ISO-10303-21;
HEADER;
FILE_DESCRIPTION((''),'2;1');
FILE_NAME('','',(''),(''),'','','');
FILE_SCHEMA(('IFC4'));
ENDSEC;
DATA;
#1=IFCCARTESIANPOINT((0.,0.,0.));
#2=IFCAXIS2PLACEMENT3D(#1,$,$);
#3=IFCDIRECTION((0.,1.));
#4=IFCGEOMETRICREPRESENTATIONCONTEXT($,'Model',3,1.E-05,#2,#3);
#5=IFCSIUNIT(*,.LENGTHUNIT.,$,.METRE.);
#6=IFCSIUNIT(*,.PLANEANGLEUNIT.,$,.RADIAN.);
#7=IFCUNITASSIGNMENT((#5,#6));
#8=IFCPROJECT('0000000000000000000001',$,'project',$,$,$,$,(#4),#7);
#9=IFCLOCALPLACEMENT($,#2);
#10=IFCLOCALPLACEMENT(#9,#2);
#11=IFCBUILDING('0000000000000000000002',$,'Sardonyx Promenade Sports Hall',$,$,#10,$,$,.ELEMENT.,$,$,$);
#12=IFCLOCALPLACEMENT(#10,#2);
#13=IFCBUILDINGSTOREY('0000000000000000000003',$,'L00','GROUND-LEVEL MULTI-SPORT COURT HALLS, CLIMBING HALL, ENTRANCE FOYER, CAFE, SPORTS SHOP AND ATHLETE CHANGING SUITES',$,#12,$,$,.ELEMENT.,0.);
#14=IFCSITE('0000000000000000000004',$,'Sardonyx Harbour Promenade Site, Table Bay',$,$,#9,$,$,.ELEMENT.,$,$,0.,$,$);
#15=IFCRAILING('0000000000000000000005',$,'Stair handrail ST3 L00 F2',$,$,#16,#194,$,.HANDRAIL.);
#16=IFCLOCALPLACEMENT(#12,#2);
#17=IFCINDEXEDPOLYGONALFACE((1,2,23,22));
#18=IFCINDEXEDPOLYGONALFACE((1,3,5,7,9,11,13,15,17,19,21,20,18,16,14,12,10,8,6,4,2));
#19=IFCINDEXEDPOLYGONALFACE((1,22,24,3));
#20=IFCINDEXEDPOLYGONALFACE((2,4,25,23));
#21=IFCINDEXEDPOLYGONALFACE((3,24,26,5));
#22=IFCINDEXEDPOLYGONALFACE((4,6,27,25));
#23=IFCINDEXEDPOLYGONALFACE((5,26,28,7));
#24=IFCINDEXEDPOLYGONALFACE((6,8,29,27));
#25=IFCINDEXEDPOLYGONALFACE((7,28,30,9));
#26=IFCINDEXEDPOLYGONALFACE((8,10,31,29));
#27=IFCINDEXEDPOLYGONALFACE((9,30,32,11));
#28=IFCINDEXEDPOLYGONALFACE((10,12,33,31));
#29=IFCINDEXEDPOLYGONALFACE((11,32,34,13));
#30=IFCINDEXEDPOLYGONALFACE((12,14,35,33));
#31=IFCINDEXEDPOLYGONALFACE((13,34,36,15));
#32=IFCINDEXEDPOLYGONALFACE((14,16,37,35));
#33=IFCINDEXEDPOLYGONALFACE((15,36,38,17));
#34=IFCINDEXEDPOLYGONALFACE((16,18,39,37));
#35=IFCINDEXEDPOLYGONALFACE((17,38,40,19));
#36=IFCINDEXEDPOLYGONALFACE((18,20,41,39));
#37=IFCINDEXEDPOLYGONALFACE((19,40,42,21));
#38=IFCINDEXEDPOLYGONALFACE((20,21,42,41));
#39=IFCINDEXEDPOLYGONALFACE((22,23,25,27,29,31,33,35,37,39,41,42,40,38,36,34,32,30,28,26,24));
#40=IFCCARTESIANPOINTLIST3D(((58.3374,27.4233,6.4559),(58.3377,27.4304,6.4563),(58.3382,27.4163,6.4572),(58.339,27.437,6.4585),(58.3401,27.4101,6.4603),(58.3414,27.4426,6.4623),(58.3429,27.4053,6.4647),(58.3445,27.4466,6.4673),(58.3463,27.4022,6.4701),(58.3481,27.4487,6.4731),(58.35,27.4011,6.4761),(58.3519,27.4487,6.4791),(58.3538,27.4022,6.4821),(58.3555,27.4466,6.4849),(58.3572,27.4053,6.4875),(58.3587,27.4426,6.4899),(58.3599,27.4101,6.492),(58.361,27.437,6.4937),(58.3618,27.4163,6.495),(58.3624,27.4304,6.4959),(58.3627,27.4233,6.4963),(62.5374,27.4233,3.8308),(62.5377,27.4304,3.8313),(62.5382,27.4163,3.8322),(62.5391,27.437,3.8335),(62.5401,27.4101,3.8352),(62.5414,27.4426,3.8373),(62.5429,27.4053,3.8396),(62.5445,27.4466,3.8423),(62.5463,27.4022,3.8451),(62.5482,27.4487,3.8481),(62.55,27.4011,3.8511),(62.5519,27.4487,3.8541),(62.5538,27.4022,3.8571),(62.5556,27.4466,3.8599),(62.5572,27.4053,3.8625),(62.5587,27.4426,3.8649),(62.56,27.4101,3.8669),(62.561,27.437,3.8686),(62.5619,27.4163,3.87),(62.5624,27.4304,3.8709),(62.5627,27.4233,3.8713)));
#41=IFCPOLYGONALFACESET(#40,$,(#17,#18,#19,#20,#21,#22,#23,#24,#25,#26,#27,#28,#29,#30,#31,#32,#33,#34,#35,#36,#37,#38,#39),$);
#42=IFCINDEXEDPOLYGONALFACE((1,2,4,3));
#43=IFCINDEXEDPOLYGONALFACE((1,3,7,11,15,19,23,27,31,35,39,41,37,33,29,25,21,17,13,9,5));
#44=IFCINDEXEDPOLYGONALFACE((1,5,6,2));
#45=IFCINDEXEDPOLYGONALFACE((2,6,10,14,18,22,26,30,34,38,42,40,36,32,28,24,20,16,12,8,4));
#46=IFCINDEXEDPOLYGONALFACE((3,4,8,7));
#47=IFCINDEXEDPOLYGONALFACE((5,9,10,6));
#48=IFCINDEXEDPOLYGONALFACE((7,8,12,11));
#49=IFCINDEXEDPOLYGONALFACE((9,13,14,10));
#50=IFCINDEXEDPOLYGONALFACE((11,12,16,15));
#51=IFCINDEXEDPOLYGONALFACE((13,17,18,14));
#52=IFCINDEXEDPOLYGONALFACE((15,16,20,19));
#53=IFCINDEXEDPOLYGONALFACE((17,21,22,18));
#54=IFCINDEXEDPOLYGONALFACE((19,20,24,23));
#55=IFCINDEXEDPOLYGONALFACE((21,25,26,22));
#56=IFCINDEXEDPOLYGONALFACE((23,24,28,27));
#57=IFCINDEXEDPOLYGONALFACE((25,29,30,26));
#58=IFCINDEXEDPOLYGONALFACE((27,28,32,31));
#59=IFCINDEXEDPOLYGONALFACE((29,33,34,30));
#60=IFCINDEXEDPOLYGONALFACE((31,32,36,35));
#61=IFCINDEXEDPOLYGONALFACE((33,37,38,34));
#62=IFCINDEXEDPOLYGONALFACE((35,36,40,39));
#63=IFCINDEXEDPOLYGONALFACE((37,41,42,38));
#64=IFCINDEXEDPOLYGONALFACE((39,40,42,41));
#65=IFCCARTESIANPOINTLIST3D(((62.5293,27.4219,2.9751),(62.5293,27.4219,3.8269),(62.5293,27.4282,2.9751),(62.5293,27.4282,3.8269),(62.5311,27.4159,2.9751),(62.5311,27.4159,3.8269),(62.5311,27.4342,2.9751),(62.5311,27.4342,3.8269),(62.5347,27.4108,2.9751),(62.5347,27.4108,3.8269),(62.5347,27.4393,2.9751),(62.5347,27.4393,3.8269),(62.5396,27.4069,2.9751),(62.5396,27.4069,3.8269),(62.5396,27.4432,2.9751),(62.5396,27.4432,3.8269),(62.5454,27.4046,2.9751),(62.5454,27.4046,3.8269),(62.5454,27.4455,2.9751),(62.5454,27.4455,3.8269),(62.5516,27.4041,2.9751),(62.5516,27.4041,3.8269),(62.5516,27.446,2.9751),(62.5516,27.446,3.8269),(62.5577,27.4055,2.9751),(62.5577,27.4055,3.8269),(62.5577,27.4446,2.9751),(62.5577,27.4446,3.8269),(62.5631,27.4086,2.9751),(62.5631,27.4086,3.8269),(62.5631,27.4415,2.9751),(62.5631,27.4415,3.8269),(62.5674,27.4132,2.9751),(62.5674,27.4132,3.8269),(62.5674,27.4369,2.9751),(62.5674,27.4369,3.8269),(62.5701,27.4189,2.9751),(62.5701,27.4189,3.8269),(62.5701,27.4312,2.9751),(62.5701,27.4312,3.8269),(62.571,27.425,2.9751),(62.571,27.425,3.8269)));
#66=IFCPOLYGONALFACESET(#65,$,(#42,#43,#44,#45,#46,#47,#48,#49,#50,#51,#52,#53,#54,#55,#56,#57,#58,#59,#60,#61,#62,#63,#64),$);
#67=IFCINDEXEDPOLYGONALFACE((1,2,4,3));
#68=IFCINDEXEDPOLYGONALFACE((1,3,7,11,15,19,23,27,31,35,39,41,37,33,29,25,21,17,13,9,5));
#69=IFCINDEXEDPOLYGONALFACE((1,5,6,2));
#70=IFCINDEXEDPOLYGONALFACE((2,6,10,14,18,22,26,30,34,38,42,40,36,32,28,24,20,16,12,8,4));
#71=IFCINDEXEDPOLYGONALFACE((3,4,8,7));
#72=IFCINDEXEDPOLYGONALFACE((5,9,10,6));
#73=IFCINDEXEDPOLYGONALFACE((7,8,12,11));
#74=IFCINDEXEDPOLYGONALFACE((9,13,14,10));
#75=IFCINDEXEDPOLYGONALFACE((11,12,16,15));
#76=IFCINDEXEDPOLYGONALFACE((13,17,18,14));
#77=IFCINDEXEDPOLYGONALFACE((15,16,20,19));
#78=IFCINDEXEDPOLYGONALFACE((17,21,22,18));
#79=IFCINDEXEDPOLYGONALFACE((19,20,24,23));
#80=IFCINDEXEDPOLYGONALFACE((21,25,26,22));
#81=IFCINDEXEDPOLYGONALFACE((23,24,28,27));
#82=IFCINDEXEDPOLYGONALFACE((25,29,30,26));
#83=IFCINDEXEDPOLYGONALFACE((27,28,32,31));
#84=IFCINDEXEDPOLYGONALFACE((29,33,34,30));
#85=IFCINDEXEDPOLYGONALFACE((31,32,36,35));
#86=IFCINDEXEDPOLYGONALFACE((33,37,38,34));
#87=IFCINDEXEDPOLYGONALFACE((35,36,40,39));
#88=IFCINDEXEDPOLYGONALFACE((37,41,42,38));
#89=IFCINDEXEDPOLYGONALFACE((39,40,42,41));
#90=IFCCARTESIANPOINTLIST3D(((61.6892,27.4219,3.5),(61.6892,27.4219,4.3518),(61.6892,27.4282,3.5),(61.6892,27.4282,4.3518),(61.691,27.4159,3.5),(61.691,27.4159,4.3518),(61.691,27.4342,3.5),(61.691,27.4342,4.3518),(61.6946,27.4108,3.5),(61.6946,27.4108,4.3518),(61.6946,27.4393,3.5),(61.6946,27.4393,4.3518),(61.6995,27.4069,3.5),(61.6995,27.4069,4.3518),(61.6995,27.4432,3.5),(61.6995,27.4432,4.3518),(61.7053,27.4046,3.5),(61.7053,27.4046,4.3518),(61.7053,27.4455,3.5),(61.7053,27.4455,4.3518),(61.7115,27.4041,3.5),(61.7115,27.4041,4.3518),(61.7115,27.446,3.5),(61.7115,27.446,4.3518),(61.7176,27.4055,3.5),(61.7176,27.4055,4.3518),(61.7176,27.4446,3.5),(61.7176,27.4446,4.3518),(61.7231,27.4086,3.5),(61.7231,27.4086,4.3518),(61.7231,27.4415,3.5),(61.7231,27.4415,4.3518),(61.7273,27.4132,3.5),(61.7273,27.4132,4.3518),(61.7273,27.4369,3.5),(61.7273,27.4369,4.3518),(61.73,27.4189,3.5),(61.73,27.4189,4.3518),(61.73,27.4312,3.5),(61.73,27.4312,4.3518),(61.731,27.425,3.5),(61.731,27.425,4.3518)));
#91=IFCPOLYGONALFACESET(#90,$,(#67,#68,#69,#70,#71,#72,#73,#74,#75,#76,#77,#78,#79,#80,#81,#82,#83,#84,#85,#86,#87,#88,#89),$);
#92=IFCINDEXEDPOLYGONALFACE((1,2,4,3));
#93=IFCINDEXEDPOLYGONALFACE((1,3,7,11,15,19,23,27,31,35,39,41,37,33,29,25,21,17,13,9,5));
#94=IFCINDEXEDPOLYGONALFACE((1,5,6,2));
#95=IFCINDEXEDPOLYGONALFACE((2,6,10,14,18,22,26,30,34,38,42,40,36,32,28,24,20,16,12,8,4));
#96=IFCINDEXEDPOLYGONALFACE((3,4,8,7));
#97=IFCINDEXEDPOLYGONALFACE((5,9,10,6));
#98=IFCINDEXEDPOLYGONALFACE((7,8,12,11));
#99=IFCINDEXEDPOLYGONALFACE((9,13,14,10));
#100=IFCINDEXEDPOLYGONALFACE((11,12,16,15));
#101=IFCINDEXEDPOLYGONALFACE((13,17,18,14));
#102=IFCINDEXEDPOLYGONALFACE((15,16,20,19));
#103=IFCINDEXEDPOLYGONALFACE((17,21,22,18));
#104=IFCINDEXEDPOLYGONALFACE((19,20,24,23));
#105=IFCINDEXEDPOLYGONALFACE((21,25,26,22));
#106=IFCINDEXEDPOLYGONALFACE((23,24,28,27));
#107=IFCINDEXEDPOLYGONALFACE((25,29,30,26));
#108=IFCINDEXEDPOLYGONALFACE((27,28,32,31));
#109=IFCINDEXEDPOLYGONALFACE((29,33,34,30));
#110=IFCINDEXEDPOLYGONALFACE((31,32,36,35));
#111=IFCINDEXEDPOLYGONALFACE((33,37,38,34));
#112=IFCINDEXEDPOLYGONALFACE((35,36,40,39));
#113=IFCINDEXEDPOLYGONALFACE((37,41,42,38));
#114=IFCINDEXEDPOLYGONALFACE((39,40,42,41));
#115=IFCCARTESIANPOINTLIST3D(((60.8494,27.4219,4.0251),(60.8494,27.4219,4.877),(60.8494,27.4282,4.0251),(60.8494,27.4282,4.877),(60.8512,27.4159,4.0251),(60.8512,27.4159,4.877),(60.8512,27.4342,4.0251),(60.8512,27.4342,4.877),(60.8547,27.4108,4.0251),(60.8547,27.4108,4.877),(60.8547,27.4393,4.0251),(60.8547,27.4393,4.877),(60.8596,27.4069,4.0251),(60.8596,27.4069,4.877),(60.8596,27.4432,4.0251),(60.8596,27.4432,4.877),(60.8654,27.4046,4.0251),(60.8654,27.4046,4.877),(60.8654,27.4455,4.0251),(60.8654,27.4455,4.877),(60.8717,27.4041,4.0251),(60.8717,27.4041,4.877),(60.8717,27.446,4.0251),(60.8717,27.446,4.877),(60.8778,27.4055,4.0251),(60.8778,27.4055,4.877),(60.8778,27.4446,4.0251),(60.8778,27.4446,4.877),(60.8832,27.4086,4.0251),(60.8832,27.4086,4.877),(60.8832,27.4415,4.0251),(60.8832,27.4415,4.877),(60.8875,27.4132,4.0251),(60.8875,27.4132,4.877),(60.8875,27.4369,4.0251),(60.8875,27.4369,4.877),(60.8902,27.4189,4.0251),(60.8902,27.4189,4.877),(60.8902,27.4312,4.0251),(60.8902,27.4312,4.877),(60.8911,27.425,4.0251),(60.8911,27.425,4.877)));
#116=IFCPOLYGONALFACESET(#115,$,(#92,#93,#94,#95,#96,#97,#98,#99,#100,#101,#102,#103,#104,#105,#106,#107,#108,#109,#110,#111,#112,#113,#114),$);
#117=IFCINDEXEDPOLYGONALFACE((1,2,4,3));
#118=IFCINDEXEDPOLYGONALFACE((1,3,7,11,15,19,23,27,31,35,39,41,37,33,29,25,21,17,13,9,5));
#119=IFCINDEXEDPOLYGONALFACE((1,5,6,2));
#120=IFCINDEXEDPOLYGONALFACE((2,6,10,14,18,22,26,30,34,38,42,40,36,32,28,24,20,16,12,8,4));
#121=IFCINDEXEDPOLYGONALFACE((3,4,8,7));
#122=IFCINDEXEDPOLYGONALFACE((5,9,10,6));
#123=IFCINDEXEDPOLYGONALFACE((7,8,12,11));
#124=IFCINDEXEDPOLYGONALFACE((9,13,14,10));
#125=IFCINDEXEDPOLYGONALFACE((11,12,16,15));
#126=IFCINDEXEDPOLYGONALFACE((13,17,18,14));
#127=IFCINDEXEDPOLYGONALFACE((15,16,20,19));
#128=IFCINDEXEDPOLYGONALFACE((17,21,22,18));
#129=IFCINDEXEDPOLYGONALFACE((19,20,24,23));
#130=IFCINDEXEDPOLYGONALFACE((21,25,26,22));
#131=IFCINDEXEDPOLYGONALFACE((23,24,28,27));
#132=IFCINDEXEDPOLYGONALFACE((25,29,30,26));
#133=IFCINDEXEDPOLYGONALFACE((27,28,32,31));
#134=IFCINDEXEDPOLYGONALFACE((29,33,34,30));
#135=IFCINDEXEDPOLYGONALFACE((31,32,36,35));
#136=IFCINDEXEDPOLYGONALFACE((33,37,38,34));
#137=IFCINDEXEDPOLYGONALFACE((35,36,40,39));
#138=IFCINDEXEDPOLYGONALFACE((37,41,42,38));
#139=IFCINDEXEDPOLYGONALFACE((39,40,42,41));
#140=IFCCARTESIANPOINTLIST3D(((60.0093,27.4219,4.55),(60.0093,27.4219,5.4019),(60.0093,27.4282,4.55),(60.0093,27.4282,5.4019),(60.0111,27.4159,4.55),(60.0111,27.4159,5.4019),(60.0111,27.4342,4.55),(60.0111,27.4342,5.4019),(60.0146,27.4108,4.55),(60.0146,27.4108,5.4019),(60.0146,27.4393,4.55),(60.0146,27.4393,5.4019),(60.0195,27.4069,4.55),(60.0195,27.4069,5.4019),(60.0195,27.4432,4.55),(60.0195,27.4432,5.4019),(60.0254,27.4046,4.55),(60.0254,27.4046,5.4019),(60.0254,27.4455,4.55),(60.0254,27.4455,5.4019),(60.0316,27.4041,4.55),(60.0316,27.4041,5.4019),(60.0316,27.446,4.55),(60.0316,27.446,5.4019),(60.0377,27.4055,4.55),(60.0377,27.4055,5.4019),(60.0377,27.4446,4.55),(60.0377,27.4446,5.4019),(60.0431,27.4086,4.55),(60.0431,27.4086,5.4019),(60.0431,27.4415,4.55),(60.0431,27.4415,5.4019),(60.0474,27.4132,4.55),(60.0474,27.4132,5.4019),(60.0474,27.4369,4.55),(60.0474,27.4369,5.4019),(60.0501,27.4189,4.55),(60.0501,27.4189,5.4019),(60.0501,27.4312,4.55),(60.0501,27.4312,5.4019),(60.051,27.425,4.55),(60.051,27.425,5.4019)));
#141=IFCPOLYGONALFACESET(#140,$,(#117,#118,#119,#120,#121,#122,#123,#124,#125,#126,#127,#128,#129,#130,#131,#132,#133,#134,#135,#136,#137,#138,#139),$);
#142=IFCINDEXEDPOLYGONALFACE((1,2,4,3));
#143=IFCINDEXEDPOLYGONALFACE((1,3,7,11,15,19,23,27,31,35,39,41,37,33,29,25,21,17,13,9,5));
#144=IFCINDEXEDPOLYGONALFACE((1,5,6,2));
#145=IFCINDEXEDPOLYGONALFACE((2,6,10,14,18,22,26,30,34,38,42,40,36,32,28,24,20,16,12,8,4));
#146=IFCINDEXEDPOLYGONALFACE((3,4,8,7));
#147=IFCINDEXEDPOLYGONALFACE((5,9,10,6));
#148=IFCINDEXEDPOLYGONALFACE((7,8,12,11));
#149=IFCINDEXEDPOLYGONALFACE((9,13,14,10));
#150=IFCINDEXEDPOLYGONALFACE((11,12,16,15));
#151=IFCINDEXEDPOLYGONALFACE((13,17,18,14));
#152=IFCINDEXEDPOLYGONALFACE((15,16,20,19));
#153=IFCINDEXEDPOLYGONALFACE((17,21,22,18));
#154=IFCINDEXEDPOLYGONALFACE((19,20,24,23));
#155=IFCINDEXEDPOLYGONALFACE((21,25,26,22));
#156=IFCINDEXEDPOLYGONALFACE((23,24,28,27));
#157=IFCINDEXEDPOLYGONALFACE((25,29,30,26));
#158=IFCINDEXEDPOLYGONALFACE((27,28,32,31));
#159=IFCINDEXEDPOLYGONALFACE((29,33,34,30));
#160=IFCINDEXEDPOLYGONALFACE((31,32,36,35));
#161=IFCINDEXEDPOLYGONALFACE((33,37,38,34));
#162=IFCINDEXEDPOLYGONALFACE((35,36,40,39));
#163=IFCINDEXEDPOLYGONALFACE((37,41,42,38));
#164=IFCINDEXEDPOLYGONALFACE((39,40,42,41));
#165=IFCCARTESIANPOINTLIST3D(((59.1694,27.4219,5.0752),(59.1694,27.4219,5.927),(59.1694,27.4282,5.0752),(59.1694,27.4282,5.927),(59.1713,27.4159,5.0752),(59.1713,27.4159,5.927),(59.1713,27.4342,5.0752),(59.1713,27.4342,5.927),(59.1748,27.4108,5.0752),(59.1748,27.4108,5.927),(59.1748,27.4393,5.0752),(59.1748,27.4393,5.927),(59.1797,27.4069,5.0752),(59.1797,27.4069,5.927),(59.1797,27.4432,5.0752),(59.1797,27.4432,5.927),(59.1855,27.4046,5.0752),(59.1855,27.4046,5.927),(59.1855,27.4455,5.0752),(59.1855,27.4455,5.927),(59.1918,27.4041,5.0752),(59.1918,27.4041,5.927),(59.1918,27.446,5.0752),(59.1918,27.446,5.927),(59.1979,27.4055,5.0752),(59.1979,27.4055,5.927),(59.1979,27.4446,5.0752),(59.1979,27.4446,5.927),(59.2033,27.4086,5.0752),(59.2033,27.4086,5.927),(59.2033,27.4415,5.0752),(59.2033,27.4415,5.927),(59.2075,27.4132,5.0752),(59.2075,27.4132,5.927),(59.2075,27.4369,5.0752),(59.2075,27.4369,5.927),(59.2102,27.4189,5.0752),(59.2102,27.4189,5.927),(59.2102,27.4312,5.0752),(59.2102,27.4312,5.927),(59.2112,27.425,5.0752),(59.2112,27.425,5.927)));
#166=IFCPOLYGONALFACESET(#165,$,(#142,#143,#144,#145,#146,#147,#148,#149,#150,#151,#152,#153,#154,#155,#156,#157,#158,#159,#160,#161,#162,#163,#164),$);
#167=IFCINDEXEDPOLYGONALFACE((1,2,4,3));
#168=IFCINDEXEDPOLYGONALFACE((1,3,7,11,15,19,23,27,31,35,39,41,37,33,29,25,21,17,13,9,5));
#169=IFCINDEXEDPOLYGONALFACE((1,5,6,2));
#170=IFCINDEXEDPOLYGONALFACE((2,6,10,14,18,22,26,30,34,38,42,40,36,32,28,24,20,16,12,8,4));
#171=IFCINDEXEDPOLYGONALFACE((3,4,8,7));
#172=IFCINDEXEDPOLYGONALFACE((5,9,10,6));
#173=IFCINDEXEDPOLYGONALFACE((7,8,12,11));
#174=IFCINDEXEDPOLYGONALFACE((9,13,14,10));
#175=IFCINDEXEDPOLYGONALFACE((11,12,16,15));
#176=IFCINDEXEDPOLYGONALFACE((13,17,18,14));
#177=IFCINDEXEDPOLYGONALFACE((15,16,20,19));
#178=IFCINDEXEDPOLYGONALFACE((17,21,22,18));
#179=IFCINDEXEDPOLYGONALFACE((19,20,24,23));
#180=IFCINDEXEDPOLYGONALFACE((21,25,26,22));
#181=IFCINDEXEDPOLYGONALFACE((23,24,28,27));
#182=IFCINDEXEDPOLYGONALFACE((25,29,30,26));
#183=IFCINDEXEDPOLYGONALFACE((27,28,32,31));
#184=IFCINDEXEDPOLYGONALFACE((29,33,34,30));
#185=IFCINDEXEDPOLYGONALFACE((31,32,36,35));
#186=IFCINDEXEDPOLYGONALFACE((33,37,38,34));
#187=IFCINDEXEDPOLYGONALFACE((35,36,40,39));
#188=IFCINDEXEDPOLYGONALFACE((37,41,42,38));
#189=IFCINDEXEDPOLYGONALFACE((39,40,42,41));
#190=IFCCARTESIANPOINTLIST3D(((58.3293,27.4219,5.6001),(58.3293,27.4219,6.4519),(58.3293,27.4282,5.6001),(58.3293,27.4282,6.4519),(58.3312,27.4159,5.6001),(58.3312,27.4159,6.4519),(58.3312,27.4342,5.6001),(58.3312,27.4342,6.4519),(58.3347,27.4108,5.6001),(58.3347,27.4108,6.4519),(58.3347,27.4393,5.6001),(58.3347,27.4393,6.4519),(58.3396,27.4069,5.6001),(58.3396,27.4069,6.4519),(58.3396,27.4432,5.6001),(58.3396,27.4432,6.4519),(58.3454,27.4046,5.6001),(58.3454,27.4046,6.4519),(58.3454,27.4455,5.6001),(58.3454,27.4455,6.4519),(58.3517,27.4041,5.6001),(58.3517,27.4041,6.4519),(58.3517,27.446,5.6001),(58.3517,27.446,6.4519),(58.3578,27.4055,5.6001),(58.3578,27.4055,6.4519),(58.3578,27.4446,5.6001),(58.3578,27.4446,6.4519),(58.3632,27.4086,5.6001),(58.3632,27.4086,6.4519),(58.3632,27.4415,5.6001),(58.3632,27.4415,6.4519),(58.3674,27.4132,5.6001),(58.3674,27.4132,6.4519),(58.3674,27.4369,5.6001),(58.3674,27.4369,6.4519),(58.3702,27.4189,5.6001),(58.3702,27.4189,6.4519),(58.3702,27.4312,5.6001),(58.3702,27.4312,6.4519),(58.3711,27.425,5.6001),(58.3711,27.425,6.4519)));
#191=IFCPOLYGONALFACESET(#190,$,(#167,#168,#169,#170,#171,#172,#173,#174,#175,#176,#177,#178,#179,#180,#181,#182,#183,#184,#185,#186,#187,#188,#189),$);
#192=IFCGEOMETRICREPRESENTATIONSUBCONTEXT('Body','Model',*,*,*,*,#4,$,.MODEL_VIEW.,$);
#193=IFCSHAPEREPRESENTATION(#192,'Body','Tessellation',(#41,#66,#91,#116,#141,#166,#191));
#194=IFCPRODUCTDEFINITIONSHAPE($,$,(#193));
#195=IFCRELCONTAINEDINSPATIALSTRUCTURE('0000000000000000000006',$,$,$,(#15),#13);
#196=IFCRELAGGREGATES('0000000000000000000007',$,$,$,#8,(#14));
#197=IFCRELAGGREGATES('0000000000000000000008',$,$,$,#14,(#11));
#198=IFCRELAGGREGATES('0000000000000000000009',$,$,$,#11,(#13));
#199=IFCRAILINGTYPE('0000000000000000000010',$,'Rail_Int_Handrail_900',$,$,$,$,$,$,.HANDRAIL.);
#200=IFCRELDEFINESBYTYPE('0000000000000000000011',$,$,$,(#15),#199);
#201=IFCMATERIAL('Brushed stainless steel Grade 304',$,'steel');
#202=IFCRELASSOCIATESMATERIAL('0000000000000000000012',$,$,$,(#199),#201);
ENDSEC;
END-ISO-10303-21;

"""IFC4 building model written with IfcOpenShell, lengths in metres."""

from ifc_helpers import new_model, si_unit, direction, frame, origin, origin_2d, place, context, subcontext, project, spatial, circle, extrude, material, type_object, element, save


model = new_model("IFC4")

# Units and contexts
model_context = context("Model", 3, precision=1e-05, world=origin(), true_north=direction((0.0, 1.0)))
body_context = subcontext(model_context, "Body", "Model", "MODEL_VIEW")
ifc_project = project(units=[si_unit("LENGTHUNIT", "METRE"), si_unit("PLANEANGLEUNIT", "RADIAN")], contexts=[model_context])

# Site, building, storey
site_placement = place(None, origin())
site = spatial("IfcSite", under=ifc_project, at=site_placement, Name="Sardonyx Harbour Promenade Site, Table Bay", CompositionType="ELEMENT", RefElevation=0.0)
building_placement = place(site_placement, origin())
building = spatial("IfcBuilding", under=site, at=building_placement, Name="Sardonyx Promenade Sports Hall", CompositionType="ELEMENT")
storey_placement = place(building_placement, origin())
storey = spatial("IfcBuildingStorey", under=building, at=storey_placement, Name="L00", Description="GROUND-LEVEL MULTI-SPORT COURT HALLS, CLIMBING HALL, ENTRANCE FOYER, CAFE, SPORTS SHOP AND ATHLETE CHANGING SUITES", CompositionType="ELEMENT", Elevation=0.0)

# Railing
ifc_material_1 = material(Name="Brushed stainless steel Grade 304", Category="steel")
railing_type_1 = type_object("IfcRailingType", Name="Rail_Int_Handrail_900", PredefinedType="HANDRAIL", material=ifc_material_1)
railing_1_placement = place(storey_placement, frame((62.55, 27.425, 2.9751)))
element("IfcRailing", 1, at=railing_1_placement, inside=storey, type_object=railing_type_1, Name="Stair handrail ST3 L00 F2", PredefinedType="HANDRAIL", context=body_context, shape_type="SweptSolid", body=[
    extrude(circle(Radius=0.0239, at=origin_2d()), frame((0.0, 0.0, 0.876), z_axis=(-0.847996, 0.0, 0.530003), x_axis=(0.0, -1.0, 0.0)), (0.0, 0.0, 1.0), 4.9529),
    extrude(circle(Radius=0.021, at=origin_2d()), origin(), (0.0, 0.0, 1.0), 0.8518),
    extrude(circle(Radius=0.021, at=origin_2d()), frame((-0.8401, 0.0, 0.5249)), (0.0, 0.0, 1.0), 0.8518),
    extrude(circle(Radius=0.021, at=origin_2d()), frame((-1.6799, 0.0, 1.05)), (0.0, 0.0, 1.0), 0.8518),
    extrude(circle(Radius=0.021, at=origin_2d()), frame((-2.52, 0.0, 1.575)), (0.0, 0.0, 1.0), 0.8518),
    extrude(circle(Radius=0.021, at=origin_2d()), frame((-3.3599, 0.0, 2.1001)), (0.0, 0.0, 1.0), 0.8518),
    extrude(circle(Radius=0.021, at=origin_2d()), frame((-4.2, 0.0, 2.625)), (0.0, 0.0, 1.0), 0.8518),
])

save(model, "model.ifc")
